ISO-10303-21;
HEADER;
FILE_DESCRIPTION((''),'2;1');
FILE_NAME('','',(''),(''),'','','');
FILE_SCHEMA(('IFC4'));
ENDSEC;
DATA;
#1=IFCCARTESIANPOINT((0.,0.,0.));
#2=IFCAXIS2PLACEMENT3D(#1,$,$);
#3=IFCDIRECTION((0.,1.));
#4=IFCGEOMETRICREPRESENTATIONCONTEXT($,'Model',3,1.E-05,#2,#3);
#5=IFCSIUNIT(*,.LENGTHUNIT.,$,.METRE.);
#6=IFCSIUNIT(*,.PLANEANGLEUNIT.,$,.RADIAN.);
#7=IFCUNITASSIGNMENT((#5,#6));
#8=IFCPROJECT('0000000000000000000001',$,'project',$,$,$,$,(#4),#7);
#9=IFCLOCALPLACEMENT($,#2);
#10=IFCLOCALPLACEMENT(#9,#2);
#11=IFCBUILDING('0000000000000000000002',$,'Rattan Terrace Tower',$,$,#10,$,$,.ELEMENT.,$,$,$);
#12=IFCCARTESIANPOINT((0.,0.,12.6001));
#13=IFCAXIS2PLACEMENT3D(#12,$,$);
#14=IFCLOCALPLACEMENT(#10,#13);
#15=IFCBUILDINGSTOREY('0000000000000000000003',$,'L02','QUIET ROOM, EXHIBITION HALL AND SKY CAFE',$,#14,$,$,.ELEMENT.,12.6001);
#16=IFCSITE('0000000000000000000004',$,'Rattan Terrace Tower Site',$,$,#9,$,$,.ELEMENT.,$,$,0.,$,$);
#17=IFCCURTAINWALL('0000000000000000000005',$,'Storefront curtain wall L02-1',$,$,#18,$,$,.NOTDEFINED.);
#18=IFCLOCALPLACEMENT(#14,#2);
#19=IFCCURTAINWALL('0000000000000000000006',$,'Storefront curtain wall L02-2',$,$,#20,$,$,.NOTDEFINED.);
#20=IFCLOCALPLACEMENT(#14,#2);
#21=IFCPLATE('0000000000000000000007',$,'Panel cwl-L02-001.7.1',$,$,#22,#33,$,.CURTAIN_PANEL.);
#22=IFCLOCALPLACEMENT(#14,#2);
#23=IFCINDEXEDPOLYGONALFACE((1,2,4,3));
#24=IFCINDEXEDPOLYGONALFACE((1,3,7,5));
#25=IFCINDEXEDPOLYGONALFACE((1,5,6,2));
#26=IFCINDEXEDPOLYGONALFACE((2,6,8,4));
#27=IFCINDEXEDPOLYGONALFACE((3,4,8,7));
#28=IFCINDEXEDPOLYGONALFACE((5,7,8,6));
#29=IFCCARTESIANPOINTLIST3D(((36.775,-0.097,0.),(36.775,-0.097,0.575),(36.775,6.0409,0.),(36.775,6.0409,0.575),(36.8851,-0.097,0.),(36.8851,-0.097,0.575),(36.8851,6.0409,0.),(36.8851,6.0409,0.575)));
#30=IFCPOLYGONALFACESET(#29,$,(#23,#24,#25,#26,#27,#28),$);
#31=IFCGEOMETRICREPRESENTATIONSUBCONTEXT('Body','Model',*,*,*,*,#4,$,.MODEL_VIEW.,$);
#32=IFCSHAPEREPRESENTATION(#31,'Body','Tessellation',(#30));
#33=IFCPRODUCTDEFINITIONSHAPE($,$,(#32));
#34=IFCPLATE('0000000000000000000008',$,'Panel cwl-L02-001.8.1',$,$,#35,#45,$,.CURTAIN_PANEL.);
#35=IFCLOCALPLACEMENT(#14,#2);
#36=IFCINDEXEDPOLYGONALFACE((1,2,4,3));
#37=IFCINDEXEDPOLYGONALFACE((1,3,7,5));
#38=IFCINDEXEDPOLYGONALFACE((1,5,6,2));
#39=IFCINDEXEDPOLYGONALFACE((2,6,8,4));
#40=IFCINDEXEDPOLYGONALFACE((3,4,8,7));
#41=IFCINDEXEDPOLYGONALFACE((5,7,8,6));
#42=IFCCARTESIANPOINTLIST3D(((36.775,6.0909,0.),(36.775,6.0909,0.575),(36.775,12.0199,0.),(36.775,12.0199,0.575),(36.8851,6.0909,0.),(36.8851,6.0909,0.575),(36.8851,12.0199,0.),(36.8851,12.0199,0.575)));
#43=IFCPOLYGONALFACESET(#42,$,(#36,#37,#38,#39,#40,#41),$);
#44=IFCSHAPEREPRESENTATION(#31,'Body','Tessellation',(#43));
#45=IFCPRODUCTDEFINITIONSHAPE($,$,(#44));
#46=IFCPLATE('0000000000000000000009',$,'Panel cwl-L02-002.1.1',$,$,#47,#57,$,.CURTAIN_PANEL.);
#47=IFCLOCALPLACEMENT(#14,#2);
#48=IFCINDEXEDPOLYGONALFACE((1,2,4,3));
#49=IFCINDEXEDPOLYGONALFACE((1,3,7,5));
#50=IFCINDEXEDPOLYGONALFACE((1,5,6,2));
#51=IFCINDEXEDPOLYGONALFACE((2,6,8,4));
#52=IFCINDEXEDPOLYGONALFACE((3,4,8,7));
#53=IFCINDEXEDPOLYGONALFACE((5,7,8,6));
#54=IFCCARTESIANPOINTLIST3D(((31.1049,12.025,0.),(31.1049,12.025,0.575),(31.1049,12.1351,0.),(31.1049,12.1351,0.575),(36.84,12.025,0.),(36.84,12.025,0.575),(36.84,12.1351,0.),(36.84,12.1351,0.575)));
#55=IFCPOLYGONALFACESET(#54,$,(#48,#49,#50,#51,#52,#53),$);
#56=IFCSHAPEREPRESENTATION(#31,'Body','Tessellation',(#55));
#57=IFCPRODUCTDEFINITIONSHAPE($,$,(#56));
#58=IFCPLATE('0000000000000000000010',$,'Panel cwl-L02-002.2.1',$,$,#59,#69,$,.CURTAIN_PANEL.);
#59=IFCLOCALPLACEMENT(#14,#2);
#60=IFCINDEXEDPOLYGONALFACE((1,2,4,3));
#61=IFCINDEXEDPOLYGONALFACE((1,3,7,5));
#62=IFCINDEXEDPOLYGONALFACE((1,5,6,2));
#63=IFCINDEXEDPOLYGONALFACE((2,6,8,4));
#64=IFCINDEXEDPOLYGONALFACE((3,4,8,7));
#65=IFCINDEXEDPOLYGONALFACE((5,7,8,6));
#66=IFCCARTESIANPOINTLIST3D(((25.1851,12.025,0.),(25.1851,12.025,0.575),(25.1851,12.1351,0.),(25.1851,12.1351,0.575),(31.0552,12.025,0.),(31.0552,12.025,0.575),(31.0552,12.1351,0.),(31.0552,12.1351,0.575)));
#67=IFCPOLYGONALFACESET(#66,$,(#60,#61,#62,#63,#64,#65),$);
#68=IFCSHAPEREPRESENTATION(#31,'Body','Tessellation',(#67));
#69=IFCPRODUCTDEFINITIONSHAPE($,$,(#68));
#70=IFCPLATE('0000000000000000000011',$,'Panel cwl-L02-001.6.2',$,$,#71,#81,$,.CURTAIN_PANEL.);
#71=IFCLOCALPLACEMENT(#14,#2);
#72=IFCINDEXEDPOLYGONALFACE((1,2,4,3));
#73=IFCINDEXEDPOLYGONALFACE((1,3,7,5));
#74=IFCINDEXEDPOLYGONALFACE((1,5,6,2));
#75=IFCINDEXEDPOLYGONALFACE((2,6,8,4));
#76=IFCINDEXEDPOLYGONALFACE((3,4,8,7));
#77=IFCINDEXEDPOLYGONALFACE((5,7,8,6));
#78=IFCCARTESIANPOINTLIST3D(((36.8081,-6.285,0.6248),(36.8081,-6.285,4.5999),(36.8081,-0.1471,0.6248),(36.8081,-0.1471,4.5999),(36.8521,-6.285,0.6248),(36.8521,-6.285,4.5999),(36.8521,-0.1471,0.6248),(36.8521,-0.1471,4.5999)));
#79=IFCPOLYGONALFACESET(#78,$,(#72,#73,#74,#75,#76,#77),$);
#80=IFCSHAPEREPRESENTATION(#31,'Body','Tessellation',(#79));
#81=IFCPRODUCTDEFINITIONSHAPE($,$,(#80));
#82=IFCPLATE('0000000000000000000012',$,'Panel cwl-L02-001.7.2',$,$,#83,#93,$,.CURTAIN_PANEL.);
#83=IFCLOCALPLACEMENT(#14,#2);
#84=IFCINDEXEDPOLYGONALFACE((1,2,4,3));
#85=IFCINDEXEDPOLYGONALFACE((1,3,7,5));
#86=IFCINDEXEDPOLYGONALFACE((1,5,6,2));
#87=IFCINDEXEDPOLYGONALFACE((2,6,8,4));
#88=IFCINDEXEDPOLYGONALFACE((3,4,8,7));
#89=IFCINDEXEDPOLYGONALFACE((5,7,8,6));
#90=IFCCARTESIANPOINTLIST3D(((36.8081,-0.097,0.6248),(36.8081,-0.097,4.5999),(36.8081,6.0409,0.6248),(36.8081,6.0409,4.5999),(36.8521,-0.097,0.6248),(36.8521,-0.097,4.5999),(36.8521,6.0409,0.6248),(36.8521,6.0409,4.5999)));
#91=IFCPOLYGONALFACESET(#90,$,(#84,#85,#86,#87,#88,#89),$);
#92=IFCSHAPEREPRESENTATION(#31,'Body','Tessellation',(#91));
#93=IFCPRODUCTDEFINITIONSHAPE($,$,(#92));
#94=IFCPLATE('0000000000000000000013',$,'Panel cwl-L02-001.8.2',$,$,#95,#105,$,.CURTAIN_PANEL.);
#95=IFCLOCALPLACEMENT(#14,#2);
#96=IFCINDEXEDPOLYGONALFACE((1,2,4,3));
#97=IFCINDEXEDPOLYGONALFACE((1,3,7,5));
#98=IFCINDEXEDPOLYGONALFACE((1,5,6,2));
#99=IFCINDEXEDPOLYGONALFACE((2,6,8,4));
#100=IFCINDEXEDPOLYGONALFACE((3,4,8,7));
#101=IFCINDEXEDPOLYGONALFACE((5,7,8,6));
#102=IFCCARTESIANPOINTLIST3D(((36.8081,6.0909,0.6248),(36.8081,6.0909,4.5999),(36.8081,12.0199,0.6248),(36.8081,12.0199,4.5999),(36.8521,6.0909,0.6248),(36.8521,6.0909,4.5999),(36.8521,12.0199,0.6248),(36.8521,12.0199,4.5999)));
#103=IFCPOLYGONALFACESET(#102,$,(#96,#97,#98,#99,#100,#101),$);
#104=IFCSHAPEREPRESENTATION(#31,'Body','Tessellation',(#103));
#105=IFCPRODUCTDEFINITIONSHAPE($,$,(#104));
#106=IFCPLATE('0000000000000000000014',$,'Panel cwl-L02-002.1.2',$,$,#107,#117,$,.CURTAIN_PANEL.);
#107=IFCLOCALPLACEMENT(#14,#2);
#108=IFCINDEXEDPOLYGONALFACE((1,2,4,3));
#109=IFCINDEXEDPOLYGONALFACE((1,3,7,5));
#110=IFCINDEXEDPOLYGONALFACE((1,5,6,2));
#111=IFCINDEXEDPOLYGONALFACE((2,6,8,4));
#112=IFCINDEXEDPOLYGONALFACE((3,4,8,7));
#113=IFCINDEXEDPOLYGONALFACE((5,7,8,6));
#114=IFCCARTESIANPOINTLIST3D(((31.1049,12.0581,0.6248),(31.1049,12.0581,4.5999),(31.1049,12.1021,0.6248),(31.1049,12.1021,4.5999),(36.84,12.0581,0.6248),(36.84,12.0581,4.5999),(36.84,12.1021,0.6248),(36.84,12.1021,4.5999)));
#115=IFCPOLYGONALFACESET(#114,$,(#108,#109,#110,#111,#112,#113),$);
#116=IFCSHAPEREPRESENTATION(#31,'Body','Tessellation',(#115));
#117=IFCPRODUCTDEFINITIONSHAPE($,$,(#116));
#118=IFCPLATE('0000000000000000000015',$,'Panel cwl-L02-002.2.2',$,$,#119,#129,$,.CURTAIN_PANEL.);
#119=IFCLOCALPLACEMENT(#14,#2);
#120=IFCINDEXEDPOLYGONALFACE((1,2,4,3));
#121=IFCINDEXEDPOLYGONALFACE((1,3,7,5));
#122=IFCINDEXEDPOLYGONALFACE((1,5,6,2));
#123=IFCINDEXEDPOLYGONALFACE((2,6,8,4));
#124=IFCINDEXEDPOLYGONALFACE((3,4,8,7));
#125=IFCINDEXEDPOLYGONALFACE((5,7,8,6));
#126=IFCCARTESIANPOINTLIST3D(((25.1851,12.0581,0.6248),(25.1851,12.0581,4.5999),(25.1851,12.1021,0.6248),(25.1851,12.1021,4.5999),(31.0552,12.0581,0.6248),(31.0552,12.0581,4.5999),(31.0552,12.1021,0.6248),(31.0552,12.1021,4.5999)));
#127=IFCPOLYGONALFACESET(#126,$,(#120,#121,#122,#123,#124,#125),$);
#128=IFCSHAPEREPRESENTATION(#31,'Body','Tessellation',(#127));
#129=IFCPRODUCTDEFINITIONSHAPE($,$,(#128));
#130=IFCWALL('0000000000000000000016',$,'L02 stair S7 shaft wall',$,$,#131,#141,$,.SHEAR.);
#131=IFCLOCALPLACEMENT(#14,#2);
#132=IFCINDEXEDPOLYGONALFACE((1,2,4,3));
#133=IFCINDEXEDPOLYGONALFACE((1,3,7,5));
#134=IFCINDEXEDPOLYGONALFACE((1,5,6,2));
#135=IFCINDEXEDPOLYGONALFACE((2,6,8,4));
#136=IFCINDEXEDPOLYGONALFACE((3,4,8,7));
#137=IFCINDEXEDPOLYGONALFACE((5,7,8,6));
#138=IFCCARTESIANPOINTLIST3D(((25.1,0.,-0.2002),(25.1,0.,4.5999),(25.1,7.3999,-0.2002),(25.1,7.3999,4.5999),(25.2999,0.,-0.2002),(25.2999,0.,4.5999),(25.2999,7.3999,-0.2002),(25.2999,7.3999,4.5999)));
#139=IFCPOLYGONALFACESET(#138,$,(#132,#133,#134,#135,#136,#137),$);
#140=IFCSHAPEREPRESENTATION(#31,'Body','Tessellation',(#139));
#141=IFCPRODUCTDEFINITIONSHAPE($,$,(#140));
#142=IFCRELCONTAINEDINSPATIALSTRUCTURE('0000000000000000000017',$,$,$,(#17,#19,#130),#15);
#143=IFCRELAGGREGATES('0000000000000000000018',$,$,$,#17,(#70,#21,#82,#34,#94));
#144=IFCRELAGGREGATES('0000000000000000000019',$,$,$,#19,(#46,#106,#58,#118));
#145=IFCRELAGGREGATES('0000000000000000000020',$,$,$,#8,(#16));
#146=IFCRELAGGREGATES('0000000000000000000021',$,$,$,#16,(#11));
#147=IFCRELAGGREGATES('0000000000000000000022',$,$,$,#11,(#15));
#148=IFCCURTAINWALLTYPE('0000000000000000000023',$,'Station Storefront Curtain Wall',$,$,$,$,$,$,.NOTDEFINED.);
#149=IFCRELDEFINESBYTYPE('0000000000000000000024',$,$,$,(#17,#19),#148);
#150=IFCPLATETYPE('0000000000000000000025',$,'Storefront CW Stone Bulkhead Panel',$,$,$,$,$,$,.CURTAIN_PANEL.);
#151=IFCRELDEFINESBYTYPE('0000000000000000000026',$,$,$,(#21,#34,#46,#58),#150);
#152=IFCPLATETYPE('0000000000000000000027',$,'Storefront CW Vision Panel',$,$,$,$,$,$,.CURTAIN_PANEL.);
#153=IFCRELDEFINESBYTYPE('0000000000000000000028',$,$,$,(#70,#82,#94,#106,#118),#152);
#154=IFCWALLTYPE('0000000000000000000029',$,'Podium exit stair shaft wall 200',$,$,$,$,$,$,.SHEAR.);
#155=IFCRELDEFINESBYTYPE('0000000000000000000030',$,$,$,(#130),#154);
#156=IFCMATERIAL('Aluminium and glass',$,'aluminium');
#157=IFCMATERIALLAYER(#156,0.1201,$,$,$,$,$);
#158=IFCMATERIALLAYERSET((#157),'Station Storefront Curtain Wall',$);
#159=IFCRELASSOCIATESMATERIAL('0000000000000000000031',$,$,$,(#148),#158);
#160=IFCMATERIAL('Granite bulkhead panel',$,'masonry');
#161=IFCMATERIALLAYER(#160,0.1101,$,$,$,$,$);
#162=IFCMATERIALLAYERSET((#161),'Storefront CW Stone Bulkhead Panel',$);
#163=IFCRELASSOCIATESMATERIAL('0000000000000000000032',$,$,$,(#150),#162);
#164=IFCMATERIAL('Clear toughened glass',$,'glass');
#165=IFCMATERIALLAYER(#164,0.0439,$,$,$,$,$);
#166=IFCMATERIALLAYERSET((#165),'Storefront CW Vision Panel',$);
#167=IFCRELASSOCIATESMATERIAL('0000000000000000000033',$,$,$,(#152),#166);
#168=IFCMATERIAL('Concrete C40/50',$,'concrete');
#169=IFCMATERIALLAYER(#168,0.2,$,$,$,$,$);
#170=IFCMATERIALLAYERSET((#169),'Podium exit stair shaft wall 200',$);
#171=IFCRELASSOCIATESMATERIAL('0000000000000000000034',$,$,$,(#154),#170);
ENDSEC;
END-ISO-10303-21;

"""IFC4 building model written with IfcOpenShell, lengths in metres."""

from ifc_helpers import new_model, si_unit, direction, frame, frame_2d, origin, origin_2d, place, context, subcontext, project, spatial, rectangle, extrude, material, layer, layer_set, type_object, element, aggregate, save


model = new_model("IFC4")

# Units and contexts
model_context = context("Model", 3, precision=1e-05, world=origin(), true_north=direction((0.0, 1.0)))
body_context = subcontext(model_context, "Body", "Model", "MODEL_VIEW")
ifc_project = project(units=[si_unit("LENGTHUNIT", "METRE"), si_unit("PLANEANGLEUNIT", "RADIAN")], contexts=[model_context])

# Site, building, storey
site_placement = place(None, origin())
site = spatial("IfcSite", under=ifc_project, at=site_placement, Name="Rattan Terrace Tower Site", CompositionType="ELEMENT", RefElevation=0.0)
building_placement = place(site_placement, origin())
building = spatial("IfcBuilding", under=site, at=building_placement, Name="Rattan Terrace Tower", CompositionType="ELEMENT")
storey_placement = place(building_placement, frame((0.0, 0.0, 12.6001)))
storey = spatial("IfcBuildingStorey", under=building, at=storey_placement, Name="L02", Description="QUIET ROOM, EXHIBITION HALL AND SKY CAFE", CompositionType="ELEMENT", Elevation=12.6001)

# Curtain walls
ifc_material_1 = material(Name="Aluminium and glass", Category="aluminium")
ifc_layer_1 = layer(ifc_material_1, 0.1201)
ifc_layer_set_1 = layer_set([ifc_layer_1], Name="Station Storefront Curtain Wall")
curtain_wall_type = type_object("IfcCurtainWallType", Name="Station Storefront Curtain Wall", PredefinedType="NOTDEFINED", material=ifc_layer_set_1)
curtain_wall_1_placement = place(storey_placement, origin())
curtain_wall_1 = element("IfcCurtainWall", 1, at=curtain_wall_1_placement, inside=storey, type_object=curtain_wall_type, Name="Storefront curtain wall L02-1", PredefinedType="NOTDEFINED")
curtain_wall_2_placement = place(storey_placement, origin())
curtain_wall_2 = element("IfcCurtainWall", 2, at=curtain_wall_2_placement, inside=storey, type_object=curtain_wall_type, Name="Storefront curtain wall L02-2", PredefinedType="NOTDEFINED")

# Plates
ifc_material_2 = material(Name="Granite bulkhead panel", Category="masonry")
ifc_layer_2 = layer(ifc_material_2, 0.1101)
ifc_layer_set_2 = layer_set([ifc_layer_2], Name="Storefront CW Stone Bulkhead Panel")
plate_type_1 = type_object("IfcPlateType", Name="Storefront CW Stone Bulkhead Panel", PredefinedType="CURTAIN_PANEL", material=ifc_layer_set_2)
plate_1_placement = place(storey_placement, frame((36.8301, 2.9719, 0.0), z_axis=(0.0, 0.0, 1.0), x_axis=(0.0, 1.0, 0.0)))
plate_1 = element("IfcPlate", 3, at=plate_1_placement, type_object=plate_type_1, Name="Panel cwl-L02-001.7.1", PredefinedType="CURTAIN_PANEL", context=body_context, shape_type="SweptSolid", body=[
    extrude(rectangle(XDim=6.1379, YDim=0.1101, at=origin_2d()), origin(), (0.0, 0.0, 1.0), 0.575),
])
plate_2_placement = place(storey_placement, frame((36.8301, 9.0554, 0.0), z_axis=(0.0, 0.0, 1.0), x_axis=(0.0, 1.0, 0.0)))
plate_2 = element("IfcPlate", 4, at=plate_2_placement, type_object=plate_type_1, Name="Panel cwl-L02-001.8.1", PredefinedType="CURTAIN_PANEL", context=body_context, shape_type="SweptSolid", body=[
    extrude(rectangle(XDim=5.929, YDim=0.1101, at=origin_2d()), origin(), (0.0, 0.0, 1.0), 0.575),
])
plate_3_placement = place(storey_placement, frame((33.9724, 12.0801, 0.0), z_axis=(0.0, 0.0, 1.0), x_axis=(-1.0, 0.0, 0.0)))
plate_3 = element("IfcPlate", 5, at=plate_3_placement, type_object=plate_type_1, Name="Panel cwl-L02-002.1.1", PredefinedType="CURTAIN_PANEL", context=body_context, shape_type="SweptSolid", body=[
    extrude(rectangle(XDim=5.7351, YDim=0.1101, at=origin_2d()), origin(), (0.0, 0.0, 1.0), 0.575),
])
plate_4_placement = place(storey_placement, frame((28.1201, 12.0801, 0.0), z_axis=(0.0, 0.0, 1.0), x_axis=(-1.0, 0.0, 0.0)))
plate_4 = element("IfcPlate", 6, at=plate_4_placement, type_object=plate_type_1, Name="Panel cwl-L02-002.2.1", PredefinedType="CURTAIN_PANEL", context=body_context, shape_type="SweptSolid", body=[
    extrude(rectangle(XDim=5.8701, YDim=0.1101, at=origin_2d()), origin(), (0.0, 0.0, 1.0), 0.575),
])
ifc_material_3 = material(Name="Clear toughened glass", Category="glass")
ifc_layer_3 = layer(ifc_material_3, 0.0439)
ifc_layer_set_3 = layer_set([ifc_layer_3], Name="Storefront CW Vision Panel")
plate_type_2 = type_object("IfcPlateType", Name="Storefront CW Vision Panel", PredefinedType="CURTAIN_PANEL", material=ifc_layer_set_3)
plate_5_placement = place(storey_placement, frame((36.8301, -3.2161, 0.6248), z_axis=(0.0, 0.0, 1.0), x_axis=(0.0, 1.0, 0.0)))
plate_5 = element("IfcPlate", 7, at=plate_5_placement, type_object=plate_type_2, Name="Panel cwl-L02-001.6.2", PredefinedType="CURTAIN_PANEL", context=body_context, shape_type="SweptSolid", body=[
    extrude(rectangle(XDim=6.1379, YDim=0.0439, at=origin_2d()), origin(), (0.0, 0.0, 1.0), 3.9751),
])
plate_6_placement = place(storey_placement, frame((36.8301, 2.9719, 0.6248), z_axis=(0.0, 0.0, 1.0), x_axis=(0.0, 1.0, 0.0)))
plate_6 = element("IfcPlate", 8, at=plate_6_placement, type_object=plate_type_2, Name="Panel cwl-L02-001.7.2", PredefinedType="CURTAIN_PANEL", context=body_context, shape_type="SweptSolid", body=[
    extrude(rectangle(XDim=6.1379, YDim=0.0439, at=origin_2d()), origin(), (0.0, 0.0, 1.0), 3.9751),
])
plate_7_placement = place(storey_placement, frame((36.8301, 9.0554, 0.6248), z_axis=(0.0, 0.0, 1.0), x_axis=(0.0, 1.0, 0.0)))
plate_7 = element("IfcPlate", 9, at=plate_7_placement, type_object=plate_type_2, Name="Panel cwl-L02-001.8.2", PredefinedType="CURTAIN_PANEL", context=body_context, shape_type="SweptSolid", body=[
    extrude(rectangle(XDim=5.929, YDim=0.0439, at=origin_2d()), origin(), (0.0, 0.0, 1.0), 3.9751),
])
aggregate(curtain_wall_1, [plate_5, plate_1, plate_6, plate_2, plate_7])
plate_8_placement = place(storey_placement, frame((33.9724, 12.0801, 0.6248), z_axis=(0.0, 0.0, 1.0), x_axis=(-1.0, 0.0, 0.0)))
plate_8 = element("IfcPlate", 10, at=plate_8_placement, type_object=plate_type_2, Name="Panel cwl-L02-002.1.2", PredefinedType="CURTAIN_PANEL", context=body_context, shape_type="SweptSolid", body=[
    extrude(rectangle(XDim=5.7351, YDim=0.0439, at=origin_2d()), origin(), (0.0, 0.0, 1.0), 3.9751),
])
plate_9_placement = place(storey_placement, frame((28.1201, 12.0801, 0.6248), z_axis=(0.0, 0.0, 1.0), x_axis=(-1.0, 0.0, 0.0)))
plate_9 = element("IfcPlate", 11, at=plate_9_placement, type_object=plate_type_2, Name="Panel cwl-L02-002.2.2", PredefinedType="CURTAIN_PANEL", context=body_context, shape_type="SweptSolid", body=[
    extrude(rectangle(XDim=5.8701, YDim=0.0439, at=origin_2d()), origin(), (0.0, 0.0, 1.0), 3.9751),
])
aggregate(curtain_wall_2, [plate_3, plate_8, plate_4, plate_9])

# Wall
ifc_material_4 = material(Name="Concrete C40/50", Category="concrete")
ifc_layer_4 = layer(ifc_material_4, 0.2)
ifc_layer_set_4 = layer_set([ifc_layer_4], Name="Podium exit stair shaft wall 200")
wall_type = type_object("IfcWallType", Name="Podium exit stair shaft wall 200", PredefinedType="SHEAR", material=ifc_layer_set_4)
wall_placement = place(storey_placement, frame((25.2, 0.0, -0.2002), z_axis=(0.0, 0.0, 1.0), x_axis=(0.0, 1.0, 0.0)))
element("IfcWall", 12, at=wall_placement, inside=storey, type_object=wall_type, Name="L02 stair S7 shaft wall", PredefinedType="SHEAR", context=body_context, shape_type="SweptSolid", body=[
    extrude(rectangle(XDim=7.3999, YDim=0.2, at=frame_2d((3.7, 0.0))), origin(), (0.0, 0.0, 1.0), 4.8),
])

save(model, "model.ifc")
